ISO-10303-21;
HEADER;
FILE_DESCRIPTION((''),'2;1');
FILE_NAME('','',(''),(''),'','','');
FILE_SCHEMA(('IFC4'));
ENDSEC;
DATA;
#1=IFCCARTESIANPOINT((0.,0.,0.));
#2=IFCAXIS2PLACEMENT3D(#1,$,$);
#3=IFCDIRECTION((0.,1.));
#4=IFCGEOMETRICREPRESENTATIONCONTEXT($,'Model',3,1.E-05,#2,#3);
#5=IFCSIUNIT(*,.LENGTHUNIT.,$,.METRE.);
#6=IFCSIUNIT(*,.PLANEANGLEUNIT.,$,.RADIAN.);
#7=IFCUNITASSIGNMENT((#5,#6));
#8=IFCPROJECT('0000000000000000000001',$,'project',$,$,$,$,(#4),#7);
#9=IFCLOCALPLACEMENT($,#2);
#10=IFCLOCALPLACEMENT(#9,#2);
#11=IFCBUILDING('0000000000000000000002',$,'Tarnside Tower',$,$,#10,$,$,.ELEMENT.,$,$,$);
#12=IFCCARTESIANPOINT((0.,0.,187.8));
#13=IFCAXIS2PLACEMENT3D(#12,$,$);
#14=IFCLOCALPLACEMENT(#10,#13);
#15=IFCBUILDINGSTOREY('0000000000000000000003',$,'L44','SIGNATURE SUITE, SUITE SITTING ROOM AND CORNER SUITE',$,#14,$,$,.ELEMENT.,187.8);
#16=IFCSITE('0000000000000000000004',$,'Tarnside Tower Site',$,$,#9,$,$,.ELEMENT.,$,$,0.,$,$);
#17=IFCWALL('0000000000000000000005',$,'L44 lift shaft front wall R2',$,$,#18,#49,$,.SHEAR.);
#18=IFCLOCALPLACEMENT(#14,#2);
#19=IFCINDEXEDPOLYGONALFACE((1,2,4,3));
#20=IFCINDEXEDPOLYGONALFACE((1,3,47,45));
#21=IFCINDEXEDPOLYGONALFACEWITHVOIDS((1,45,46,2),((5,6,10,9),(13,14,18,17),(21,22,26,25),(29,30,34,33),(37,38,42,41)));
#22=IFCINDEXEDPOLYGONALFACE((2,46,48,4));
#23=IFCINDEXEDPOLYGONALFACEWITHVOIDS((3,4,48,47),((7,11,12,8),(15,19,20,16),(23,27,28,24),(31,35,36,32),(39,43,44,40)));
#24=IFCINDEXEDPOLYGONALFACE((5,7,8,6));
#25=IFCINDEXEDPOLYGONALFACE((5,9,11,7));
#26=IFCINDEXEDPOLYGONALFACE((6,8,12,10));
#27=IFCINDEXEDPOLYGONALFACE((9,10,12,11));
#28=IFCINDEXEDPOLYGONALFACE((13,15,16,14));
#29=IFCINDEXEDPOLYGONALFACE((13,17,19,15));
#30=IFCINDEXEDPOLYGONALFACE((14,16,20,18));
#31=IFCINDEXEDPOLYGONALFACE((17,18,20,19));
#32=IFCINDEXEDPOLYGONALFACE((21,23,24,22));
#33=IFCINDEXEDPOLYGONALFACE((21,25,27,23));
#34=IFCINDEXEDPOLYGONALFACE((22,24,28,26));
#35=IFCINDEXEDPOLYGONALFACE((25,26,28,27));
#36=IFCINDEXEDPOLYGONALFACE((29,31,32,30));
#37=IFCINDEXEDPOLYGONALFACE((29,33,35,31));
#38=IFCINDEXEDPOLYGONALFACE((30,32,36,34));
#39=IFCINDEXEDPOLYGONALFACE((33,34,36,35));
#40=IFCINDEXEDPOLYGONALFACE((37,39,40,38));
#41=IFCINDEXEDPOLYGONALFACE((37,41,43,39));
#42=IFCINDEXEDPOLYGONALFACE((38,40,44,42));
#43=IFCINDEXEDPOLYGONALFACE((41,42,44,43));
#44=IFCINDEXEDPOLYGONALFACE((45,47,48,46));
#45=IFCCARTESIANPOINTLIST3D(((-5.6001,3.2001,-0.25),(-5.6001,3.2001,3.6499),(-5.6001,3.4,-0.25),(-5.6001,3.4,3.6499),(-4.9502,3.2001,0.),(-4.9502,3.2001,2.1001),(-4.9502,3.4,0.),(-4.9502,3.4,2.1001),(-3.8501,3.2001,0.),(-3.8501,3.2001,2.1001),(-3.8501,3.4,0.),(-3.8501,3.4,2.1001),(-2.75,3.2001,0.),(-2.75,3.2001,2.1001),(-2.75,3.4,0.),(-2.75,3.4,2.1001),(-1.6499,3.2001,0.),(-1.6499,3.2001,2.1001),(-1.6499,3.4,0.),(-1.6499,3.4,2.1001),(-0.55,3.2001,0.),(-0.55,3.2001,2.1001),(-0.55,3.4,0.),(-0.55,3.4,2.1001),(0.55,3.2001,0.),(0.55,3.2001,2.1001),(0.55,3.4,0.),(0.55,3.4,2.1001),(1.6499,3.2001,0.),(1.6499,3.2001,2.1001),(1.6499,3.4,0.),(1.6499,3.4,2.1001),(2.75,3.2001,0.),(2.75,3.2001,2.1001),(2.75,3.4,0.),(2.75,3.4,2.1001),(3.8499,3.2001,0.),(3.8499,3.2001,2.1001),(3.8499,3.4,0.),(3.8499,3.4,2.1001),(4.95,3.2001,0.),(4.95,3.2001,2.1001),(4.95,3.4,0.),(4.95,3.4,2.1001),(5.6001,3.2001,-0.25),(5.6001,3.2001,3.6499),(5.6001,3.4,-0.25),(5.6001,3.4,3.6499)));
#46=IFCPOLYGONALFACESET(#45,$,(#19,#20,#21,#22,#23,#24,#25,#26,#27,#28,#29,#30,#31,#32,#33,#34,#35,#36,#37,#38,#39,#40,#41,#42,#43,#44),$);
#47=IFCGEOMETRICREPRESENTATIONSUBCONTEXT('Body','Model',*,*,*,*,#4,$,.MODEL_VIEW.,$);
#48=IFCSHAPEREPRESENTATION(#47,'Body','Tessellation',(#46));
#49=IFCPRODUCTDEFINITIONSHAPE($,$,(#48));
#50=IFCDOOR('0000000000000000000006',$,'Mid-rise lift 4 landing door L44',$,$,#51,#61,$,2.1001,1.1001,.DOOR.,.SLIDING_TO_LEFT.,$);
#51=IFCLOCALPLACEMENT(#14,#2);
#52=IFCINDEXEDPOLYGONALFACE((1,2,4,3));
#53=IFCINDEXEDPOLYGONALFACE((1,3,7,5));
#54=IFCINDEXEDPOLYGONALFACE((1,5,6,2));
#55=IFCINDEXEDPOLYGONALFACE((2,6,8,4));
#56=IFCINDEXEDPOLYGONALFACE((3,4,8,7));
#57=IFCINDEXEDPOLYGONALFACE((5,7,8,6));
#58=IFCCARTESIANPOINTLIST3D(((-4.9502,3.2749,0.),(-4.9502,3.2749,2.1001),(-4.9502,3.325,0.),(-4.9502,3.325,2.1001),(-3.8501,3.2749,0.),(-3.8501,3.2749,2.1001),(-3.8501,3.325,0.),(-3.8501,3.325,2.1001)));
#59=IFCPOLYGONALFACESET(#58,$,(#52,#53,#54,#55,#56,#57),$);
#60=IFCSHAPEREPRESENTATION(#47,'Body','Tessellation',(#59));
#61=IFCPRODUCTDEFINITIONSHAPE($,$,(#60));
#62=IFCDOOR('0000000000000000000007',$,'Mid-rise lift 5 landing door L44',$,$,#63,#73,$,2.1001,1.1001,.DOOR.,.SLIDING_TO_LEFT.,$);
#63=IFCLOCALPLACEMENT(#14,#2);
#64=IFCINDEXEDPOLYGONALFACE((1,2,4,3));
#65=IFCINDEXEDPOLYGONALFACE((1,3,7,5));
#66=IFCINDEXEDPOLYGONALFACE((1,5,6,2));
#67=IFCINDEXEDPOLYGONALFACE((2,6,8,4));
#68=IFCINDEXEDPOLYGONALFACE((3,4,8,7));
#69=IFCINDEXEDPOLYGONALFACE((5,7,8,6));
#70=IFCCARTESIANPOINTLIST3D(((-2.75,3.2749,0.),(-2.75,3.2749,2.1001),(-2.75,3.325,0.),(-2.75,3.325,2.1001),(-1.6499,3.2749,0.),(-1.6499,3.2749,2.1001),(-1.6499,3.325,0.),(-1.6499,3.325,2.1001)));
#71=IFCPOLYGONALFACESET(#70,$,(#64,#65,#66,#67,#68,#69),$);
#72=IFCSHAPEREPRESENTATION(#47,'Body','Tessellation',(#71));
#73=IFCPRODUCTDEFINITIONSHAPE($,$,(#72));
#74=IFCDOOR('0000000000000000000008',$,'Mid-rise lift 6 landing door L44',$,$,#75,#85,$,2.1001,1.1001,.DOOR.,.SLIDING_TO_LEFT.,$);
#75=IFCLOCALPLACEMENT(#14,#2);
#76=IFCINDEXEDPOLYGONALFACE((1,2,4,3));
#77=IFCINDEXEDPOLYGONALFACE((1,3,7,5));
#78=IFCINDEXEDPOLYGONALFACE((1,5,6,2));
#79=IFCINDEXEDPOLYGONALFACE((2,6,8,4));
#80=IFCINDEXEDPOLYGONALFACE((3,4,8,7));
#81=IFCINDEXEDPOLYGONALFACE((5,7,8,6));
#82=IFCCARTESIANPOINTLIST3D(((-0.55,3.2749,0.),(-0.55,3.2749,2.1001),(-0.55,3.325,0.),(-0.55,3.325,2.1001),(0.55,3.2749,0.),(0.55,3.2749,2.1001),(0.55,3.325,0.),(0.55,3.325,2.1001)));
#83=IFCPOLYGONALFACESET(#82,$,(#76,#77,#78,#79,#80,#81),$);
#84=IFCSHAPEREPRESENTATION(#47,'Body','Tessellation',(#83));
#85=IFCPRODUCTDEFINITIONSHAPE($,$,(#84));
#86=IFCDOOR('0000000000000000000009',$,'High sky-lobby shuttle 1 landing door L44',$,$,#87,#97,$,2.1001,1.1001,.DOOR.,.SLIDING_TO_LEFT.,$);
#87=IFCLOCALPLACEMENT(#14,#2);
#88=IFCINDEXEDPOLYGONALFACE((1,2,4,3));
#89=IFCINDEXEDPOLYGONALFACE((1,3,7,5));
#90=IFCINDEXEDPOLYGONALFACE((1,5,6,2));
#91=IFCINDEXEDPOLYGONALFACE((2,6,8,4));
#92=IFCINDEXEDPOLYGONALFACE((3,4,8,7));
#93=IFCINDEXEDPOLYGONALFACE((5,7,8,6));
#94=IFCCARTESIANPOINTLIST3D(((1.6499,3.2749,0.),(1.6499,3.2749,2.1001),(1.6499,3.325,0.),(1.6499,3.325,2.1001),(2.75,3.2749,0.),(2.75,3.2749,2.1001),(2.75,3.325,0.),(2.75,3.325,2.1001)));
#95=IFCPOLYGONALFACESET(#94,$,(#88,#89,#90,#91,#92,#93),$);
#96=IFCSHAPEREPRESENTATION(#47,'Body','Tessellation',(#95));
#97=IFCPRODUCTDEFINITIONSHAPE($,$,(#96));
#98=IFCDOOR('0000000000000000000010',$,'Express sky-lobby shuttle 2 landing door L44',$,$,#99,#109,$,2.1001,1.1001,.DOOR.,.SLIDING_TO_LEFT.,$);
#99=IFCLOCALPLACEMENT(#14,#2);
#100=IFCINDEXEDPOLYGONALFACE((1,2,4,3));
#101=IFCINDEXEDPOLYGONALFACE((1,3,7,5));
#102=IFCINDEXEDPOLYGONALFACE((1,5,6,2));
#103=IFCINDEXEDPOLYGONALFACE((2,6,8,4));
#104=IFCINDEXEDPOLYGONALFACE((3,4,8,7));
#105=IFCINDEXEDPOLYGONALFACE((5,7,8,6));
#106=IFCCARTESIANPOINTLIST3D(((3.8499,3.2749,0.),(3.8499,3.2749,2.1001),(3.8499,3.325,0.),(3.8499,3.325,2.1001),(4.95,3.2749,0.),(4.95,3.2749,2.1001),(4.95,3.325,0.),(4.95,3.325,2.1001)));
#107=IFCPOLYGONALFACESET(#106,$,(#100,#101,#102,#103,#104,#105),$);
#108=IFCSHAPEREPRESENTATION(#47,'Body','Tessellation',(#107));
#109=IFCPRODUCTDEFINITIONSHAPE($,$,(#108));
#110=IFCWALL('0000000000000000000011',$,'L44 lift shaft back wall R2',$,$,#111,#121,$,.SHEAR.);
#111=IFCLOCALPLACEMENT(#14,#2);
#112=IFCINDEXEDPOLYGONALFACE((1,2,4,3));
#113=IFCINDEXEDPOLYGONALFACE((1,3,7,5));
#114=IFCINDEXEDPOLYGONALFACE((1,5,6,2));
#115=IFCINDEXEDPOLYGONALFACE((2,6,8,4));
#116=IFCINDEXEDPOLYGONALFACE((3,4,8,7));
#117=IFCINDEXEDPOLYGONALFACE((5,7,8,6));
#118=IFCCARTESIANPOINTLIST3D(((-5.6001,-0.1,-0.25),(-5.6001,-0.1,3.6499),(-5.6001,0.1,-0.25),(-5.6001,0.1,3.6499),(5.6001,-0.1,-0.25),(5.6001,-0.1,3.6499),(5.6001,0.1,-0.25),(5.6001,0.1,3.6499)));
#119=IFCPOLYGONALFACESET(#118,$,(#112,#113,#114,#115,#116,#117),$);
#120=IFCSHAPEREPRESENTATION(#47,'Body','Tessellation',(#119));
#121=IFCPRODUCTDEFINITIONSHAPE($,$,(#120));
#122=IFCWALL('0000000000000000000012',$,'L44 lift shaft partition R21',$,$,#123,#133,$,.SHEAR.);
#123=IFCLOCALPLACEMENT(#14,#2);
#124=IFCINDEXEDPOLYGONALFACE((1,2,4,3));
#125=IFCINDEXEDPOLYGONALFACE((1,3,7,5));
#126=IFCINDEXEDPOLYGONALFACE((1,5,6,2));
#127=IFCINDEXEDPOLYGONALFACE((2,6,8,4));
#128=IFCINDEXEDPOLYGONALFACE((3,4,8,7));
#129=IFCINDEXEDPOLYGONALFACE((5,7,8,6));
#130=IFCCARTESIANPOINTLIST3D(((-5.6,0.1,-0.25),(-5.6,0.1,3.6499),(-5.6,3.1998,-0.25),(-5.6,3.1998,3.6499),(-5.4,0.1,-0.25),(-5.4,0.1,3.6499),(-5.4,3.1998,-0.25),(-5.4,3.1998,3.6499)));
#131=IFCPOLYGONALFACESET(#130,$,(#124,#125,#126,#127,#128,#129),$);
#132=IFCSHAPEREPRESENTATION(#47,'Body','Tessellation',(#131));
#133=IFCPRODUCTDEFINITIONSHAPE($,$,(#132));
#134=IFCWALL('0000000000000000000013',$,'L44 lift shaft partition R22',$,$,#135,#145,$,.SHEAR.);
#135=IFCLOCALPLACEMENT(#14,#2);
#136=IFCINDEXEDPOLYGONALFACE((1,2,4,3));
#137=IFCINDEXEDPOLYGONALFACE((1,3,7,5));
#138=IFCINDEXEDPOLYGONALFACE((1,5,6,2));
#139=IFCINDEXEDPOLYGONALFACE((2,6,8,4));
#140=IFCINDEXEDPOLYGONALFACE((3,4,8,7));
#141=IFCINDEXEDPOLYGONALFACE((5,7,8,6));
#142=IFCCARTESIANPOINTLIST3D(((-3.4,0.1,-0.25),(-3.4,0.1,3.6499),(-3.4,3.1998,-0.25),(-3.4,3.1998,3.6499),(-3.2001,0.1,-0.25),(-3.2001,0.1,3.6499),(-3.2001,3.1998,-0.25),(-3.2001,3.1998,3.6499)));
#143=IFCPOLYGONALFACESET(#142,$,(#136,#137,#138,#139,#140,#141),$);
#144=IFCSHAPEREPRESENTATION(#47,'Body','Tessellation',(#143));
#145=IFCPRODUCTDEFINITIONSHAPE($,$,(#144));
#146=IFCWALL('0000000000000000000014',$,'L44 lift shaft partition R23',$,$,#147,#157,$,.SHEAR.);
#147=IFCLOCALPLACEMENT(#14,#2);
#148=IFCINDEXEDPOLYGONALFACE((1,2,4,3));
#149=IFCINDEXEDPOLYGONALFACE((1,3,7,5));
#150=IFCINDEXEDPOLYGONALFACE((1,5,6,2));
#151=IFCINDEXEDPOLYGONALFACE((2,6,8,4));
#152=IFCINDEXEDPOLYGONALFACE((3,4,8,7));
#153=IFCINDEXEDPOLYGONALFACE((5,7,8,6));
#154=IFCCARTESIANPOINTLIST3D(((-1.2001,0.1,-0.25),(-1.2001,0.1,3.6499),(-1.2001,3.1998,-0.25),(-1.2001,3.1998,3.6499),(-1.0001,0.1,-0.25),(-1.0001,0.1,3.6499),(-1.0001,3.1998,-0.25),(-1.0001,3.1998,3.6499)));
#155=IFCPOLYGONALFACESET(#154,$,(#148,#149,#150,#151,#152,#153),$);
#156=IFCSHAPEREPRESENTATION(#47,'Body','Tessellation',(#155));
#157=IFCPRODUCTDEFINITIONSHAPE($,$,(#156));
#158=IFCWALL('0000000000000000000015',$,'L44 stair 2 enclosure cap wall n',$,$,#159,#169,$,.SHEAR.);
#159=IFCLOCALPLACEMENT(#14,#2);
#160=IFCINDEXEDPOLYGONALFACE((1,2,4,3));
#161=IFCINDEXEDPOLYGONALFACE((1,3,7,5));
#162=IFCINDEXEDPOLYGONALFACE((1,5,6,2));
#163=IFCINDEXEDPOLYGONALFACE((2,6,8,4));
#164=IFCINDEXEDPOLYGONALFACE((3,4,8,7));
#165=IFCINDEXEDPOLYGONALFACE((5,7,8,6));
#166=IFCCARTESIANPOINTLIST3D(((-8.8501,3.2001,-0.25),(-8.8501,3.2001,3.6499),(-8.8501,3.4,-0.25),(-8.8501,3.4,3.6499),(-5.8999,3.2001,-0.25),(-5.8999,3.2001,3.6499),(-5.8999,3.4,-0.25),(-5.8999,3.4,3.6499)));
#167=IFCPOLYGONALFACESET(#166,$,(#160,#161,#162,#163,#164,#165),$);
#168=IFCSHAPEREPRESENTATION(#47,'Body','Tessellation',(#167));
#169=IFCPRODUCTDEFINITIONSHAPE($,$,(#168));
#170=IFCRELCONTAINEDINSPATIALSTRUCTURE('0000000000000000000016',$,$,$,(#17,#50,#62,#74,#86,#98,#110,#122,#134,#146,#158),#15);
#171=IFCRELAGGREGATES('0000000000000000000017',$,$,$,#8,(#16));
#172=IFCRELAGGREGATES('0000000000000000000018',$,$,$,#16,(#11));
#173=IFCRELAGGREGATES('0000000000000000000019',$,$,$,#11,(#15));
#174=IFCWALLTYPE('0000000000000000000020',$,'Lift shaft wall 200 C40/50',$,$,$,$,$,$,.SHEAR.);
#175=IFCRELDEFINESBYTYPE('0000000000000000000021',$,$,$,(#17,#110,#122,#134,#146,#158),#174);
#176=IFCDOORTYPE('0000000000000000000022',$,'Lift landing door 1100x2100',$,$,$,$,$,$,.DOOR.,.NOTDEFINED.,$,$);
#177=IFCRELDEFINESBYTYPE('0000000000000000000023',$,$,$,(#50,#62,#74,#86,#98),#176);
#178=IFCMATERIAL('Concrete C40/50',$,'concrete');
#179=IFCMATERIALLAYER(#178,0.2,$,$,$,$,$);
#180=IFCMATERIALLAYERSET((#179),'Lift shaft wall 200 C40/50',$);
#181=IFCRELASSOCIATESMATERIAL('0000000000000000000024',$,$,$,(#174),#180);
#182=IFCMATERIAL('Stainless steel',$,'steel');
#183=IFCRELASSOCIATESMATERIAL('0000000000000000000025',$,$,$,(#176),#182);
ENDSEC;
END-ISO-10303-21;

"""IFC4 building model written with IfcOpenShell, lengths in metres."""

from ifc_helpers import new_model, si_unit, direction, frame, frame_2d, origin, place, context, subcontext, project, spatial, rectangle, extrude, material, layer, layer_set, type_object, element, fill, save


model = new_model("IFC4")

# Units and contexts
model_context = context("Model", 3, precision=1e-05, world=origin(), true_north=direction((0.0, 1.0)))
body_context = subcontext(model_context, "Body", "Model", "MODEL_VIEW")
ifc_project = project(units=[si_unit("LENGTHUNIT", "METRE"), si_unit("PLANEANGLEUNIT", "RADIAN")], contexts=[model_context])

# Site, building, storey
site_placement = place(None, origin())
site = spatial("IfcSite", under=ifc_project, at=site_placement, Name="Tarnside Tower Site", CompositionType="ELEMENT", RefElevation=0.0)
building_placement = place(site_placement, origin())
building = spatial("IfcBuilding", under=site, at=building_placement, Name="Tarnside Tower", CompositionType="ELEMENT")
storey_placement = place(building_placement, frame((0.0, 0.0, 187.8)))
storey = spatial("IfcBuildingStorey", under=building, at=storey_placement, Name="L44", Description="SIGNATURE SUITE, SUITE SITTING ROOM AND CORNER SUITE", CompositionType="ELEMENT", Elevation=187.8)

# Shared definitions
ifc_material_1 = material(Name="Concrete C40/50", Category="concrete")

# Wall, openings, doors
ifc_layer_1 = layer(ifc_material_1, 0.2)
ifc_layer_set_1 = layer_set([ifc_layer_1], Name="Lift shaft wall 200 C40/50")
wall_type = type_object("IfcWallType", Name="Lift shaft wall 200 C40/50", PredefinedType="SHEAR", material=ifc_layer_set_1)
wall_1_placement = place(storey_placement, frame((-5.6001, 3.3, -0.25), z_axis=(0.0, 0.0, 1.0), x_axis=(1.0, 0.0, 0.0)))
wall_1 = element("IfcWall", 1, at=wall_1_placement, inside=storey, type_object=wall_type, Name="L44 lift shaft front wall R2", PredefinedType="SHEAR", context=body_context, shape_type="SweptSolid", body=[
    extrude(rectangle(XDim=11.2002, YDim=0.2, at=frame_2d((5.6001, 0.0))), origin(), (0.0, 0.0, 1.0), 3.8999),
])
opening_1_placement = place(wall_1_placement, frame((0.6499, 0.0, 0.25)))
opening_1 = element("IfcOpeningElement", 2, at=opening_1_placement, cuts=wall_1, PredefinedType="OPENING", context=body_context, shape_type="SweptSolid", body=[
    extrude(rectangle(XDim=1.1001, YDim=2.1001, at=frame_2d((0.55, 1.05))), frame((0.0, 0.1099, 0.0), z_axis=(0.0, -1.0, 0.0), x_axis=(1.0, 0.0, 0.0)), (0.0, 0.0, 1.0), 0.22),
])
opening_2_placement = place(wall_1_placement, frame((2.8501, 0.0, 0.25)))
opening_2 = element("IfcOpeningElement", 3, at=opening_2_placement, cuts=wall_1, PredefinedType="OPENING", context=body_context, shape_type="SweptSolid", body=[
    extrude(rectangle(XDim=1.1001, YDim=2.1001, at=frame_2d((0.55, 1.05))), frame((0.0, 0.1099, 0.0), z_axis=(0.0, -1.0, 0.0), x_axis=(1.0, 0.0, 0.0)), (0.0, 0.0, 1.0), 0.22),
])
opening_3_placement = place(wall_1_placement, frame((5.05, 0.0, 0.25)))
opening_3 = element("IfcOpeningElement", 4, at=opening_3_placement, cuts=wall_1, PredefinedType="OPENING", context=body_context, shape_type="SweptSolid", body=[
    extrude(rectangle(XDim=1.1001, YDim=2.1001, at=frame_2d((0.55, 1.05))), frame((0.0, 0.1099, 0.0), z_axis=(0.0, -1.0, 0.0), x_axis=(1.0, 0.0, 0.0)), (0.0, 0.0, 1.0), 0.22),
])
opening_4_placement = place(wall_1_placement, frame((7.25, 0.0, 0.25)))
opening_4 = element("IfcOpeningElement", 5, at=opening_4_placement, cuts=wall_1, PredefinedType="OPENING", context=body_context, shape_type="SweptSolid", body=[
    extrude(rectangle(XDim=1.1001, YDim=2.1001, at=frame_2d((0.55, 1.05))), frame((0.0, 0.1099, 0.0), z_axis=(0.0, -1.0, 0.0), x_axis=(1.0, 0.0, 0.0)), (0.0, 0.0, 1.0), 0.22),
])
opening_5_placement = place(wall_1_placement, frame((9.45, 0.0, 0.25)))
opening_5 = element("IfcOpeningElement", 6, at=opening_5_placement, cuts=wall_1, PredefinedType="OPENING", context=body_context, shape_type="SweptSolid", body=[
    extrude(rectangle(XDim=1.1001, YDim=2.1001, at=frame_2d((0.55, 1.05))), frame((0.0, 0.1099, 0.0), z_axis=(0.0, -1.0, 0.0), x_axis=(1.0, 0.0, 0.0)), (0.0, 0.0, 1.0), 0.22),
])
ifc_material_2 = material(Name="Stainless steel", Category="steel")
door_type = type_object("IfcDoorType", Name="Lift landing door 1100x2100", OperationType="NOTDEFINED", PredefinedType="DOOR", material=ifc_material_2)
door_1_placement = place(opening_1_placement, origin())
door_1 = element("IfcDoor", 7, at=door_1_placement, inside=storey, type_object=door_type, Name="Mid-rise lift 4 landing door L44", OperationType="SLIDING_TO_LEFT", OverallHeight=2.1001, OverallWidth=1.1001, PredefinedType="DOOR", context=body_context, shape_type="SweptSolid", body=[
    extrude(rectangle(XDim=1.1001, YDim=2.1001, at=frame_2d((0.55, 1.05))), frame((0.0, 0.0249, 0.0), z_axis=(0.0, -1.0, 0.0), x_axis=(1.0, 0.0, 0.0)), (0.0, 0.0, 1.0), 0.05),
])
fill(opening_1, door_1)
door_2_placement = place(opening_2_placement, origin())
door_2 = element("IfcDoor", 8, at=door_2_placement, inside=storey, type_object=door_type, Name="Mid-rise lift 5 landing door L44", OperationType="SLIDING_TO_LEFT", OverallHeight=2.1001, OverallWidth=1.1001, PredefinedType="DOOR", context=body_context, shape_type="SweptSolid", body=[
    extrude(rectangle(XDim=1.1001, YDim=2.1001, at=frame_2d((0.55, 1.05))), frame((0.0, 0.0249, 0.0), z_axis=(0.0, -1.0, 0.0), x_axis=(1.0, 0.0, 0.0)), (0.0, 0.0, 1.0), 0.05),
])
fill(opening_2, door_2)
door_3_placement = place(opening_3_placement, origin())
door_3 = element("IfcDoor", 9, at=door_3_placement, inside=storey, type_object=door_type, Name="Mid-rise lift 6 landing door L44", OperationType="SLIDING_TO_LEFT", OverallHeight=2.1001, OverallWidth=1.1001, PredefinedType="DOOR", context=body_context, shape_type="SweptSolid", body=[
    extrude(rectangle(XDim=1.1001, YDim=2.1001, at=frame_2d((0.55, 1.05))), frame((0.0, 0.0249, 0.0), z_axis=(0.0, -1.0, 0.0), x_axis=(1.0, 0.0, 0.0)), (0.0, 0.0, 1.0), 0.05),
])
fill(opening_3, door_3)
door_4_placement = place(opening_4_placement, origin())
door_4 = element("IfcDoor", 10, at=door_4_placement, inside=storey, type_object=door_type, Name="High sky-lobby shuttle 1 landing door L44", OperationType="SLIDING_TO_LEFT", OverallHeight=2.1001, OverallWidth=1.1001, PredefinedType="DOOR", context=body_context, shape_type="SweptSolid", body=[
    extrude(rectangle(XDim=1.1001, YDim=2.1001, at=frame_2d((0.55, 1.05))), frame((0.0, 0.0249, 0.0), z_axis=(0.0, -1.0, 0.0), x_axis=(1.0, 0.0, 0.0)), (0.0, 0.0, 1.0), 0.05),
])
fill(opening_4, door_4)
door_5_placement = place(opening_5_placement, origin())
door_5 = element("IfcDoor", 11, at=door_5_placement, inside=storey, type_object=door_type, Name="Express sky-lobby shuttle 2 landing door L44", OperationType="SLIDING_TO_LEFT", OverallHeight=2.1001, OverallWidth=1.1001, PredefinedType="DOOR", context=body_context, shape_type="SweptSolid", body=[
    extrude(rectangle(XDim=1.1001, YDim=2.1001, at=frame_2d((0.55, 1.05))), frame((0.0, 0.0249, 0.0), z_axis=(0.0, -1.0, 0.0), x_axis=(1.0, 0.0, 0.0)), (0.0, 0.0, 1.0), 0.05),
])
fill(opening_5, door_5)

# Walls
wall_2_placement = place(storey_placement, frame((-5.6001, 0.0, -0.25), z_axis=(0.0, 0.0, 1.0), x_axis=(1.0, 0.0, 0.0)))
element("IfcWall", 12, at=wall_2_placement, inside=storey, type_object=wall_type, Name="L44 lift shaft back wall R2", PredefinedType="SHEAR", context=body_context, shape_type="SweptSolid", body=[
    extrude(rectangle(XDim=11.2002, YDim=0.2, at=frame_2d((5.6001, 0.0))), origin(), (0.0, 0.0, 1.0), 3.8999),
])
for number, where, z_axis, x_axis, name in (
    (13, (-5.5, 0.1001, -0.25), (0.0, 0.0, 1.0), (0.0, 1.0, 0.0), "L44 lift shaft partition R21"),
    (14, (-3.3, 0.1001, -0.25), (0.0, 0.0, 1.0), (0.0, 1.0, 0.0), "L44 lift shaft partition R22"),
    (15, (-1.1001, 0.1001, -0.25), (0.0, 0.0, 1.0), (0.0, 1.0, 0.0), "L44 lift shaft partition R23"),
):
    element("IfcWall", number, at=place(storey_placement, frame(where, z_axis=z_axis, x_axis=x_axis)), inside=storey, type_object=wall_type, Name=name, PredefinedType="SHEAR", context=body_context, shape_type="SweptSolid", body=[
        extrude(rectangle(XDim=3.0999, YDim=0.2, at=frame_2d((1.5498, 0.0))), origin(), (0.0, 0.0, 1.0), 3.8999),
    ])
wall_3_placement = place(storey_placement, frame((-8.8501, 3.3, -0.25), z_axis=(0.0, 0.0, 1.0), x_axis=(1.0, 0.0, 0.0)))
element("IfcWall", 16, at=wall_3_placement, inside=storey, type_object=wall_type, Name="L44 stair 2 enclosure cap wall n", PredefinedType="SHEAR", context=body_context, shape_type="SweptSolid", body=[
    extrude(rectangle(XDim=2.9502, YDim=0.2, at=frame_2d((1.4751, 0.0))), origin(), (0.0, 0.0, 1.0), 3.8999),
])

save(model, "model.ifc")
